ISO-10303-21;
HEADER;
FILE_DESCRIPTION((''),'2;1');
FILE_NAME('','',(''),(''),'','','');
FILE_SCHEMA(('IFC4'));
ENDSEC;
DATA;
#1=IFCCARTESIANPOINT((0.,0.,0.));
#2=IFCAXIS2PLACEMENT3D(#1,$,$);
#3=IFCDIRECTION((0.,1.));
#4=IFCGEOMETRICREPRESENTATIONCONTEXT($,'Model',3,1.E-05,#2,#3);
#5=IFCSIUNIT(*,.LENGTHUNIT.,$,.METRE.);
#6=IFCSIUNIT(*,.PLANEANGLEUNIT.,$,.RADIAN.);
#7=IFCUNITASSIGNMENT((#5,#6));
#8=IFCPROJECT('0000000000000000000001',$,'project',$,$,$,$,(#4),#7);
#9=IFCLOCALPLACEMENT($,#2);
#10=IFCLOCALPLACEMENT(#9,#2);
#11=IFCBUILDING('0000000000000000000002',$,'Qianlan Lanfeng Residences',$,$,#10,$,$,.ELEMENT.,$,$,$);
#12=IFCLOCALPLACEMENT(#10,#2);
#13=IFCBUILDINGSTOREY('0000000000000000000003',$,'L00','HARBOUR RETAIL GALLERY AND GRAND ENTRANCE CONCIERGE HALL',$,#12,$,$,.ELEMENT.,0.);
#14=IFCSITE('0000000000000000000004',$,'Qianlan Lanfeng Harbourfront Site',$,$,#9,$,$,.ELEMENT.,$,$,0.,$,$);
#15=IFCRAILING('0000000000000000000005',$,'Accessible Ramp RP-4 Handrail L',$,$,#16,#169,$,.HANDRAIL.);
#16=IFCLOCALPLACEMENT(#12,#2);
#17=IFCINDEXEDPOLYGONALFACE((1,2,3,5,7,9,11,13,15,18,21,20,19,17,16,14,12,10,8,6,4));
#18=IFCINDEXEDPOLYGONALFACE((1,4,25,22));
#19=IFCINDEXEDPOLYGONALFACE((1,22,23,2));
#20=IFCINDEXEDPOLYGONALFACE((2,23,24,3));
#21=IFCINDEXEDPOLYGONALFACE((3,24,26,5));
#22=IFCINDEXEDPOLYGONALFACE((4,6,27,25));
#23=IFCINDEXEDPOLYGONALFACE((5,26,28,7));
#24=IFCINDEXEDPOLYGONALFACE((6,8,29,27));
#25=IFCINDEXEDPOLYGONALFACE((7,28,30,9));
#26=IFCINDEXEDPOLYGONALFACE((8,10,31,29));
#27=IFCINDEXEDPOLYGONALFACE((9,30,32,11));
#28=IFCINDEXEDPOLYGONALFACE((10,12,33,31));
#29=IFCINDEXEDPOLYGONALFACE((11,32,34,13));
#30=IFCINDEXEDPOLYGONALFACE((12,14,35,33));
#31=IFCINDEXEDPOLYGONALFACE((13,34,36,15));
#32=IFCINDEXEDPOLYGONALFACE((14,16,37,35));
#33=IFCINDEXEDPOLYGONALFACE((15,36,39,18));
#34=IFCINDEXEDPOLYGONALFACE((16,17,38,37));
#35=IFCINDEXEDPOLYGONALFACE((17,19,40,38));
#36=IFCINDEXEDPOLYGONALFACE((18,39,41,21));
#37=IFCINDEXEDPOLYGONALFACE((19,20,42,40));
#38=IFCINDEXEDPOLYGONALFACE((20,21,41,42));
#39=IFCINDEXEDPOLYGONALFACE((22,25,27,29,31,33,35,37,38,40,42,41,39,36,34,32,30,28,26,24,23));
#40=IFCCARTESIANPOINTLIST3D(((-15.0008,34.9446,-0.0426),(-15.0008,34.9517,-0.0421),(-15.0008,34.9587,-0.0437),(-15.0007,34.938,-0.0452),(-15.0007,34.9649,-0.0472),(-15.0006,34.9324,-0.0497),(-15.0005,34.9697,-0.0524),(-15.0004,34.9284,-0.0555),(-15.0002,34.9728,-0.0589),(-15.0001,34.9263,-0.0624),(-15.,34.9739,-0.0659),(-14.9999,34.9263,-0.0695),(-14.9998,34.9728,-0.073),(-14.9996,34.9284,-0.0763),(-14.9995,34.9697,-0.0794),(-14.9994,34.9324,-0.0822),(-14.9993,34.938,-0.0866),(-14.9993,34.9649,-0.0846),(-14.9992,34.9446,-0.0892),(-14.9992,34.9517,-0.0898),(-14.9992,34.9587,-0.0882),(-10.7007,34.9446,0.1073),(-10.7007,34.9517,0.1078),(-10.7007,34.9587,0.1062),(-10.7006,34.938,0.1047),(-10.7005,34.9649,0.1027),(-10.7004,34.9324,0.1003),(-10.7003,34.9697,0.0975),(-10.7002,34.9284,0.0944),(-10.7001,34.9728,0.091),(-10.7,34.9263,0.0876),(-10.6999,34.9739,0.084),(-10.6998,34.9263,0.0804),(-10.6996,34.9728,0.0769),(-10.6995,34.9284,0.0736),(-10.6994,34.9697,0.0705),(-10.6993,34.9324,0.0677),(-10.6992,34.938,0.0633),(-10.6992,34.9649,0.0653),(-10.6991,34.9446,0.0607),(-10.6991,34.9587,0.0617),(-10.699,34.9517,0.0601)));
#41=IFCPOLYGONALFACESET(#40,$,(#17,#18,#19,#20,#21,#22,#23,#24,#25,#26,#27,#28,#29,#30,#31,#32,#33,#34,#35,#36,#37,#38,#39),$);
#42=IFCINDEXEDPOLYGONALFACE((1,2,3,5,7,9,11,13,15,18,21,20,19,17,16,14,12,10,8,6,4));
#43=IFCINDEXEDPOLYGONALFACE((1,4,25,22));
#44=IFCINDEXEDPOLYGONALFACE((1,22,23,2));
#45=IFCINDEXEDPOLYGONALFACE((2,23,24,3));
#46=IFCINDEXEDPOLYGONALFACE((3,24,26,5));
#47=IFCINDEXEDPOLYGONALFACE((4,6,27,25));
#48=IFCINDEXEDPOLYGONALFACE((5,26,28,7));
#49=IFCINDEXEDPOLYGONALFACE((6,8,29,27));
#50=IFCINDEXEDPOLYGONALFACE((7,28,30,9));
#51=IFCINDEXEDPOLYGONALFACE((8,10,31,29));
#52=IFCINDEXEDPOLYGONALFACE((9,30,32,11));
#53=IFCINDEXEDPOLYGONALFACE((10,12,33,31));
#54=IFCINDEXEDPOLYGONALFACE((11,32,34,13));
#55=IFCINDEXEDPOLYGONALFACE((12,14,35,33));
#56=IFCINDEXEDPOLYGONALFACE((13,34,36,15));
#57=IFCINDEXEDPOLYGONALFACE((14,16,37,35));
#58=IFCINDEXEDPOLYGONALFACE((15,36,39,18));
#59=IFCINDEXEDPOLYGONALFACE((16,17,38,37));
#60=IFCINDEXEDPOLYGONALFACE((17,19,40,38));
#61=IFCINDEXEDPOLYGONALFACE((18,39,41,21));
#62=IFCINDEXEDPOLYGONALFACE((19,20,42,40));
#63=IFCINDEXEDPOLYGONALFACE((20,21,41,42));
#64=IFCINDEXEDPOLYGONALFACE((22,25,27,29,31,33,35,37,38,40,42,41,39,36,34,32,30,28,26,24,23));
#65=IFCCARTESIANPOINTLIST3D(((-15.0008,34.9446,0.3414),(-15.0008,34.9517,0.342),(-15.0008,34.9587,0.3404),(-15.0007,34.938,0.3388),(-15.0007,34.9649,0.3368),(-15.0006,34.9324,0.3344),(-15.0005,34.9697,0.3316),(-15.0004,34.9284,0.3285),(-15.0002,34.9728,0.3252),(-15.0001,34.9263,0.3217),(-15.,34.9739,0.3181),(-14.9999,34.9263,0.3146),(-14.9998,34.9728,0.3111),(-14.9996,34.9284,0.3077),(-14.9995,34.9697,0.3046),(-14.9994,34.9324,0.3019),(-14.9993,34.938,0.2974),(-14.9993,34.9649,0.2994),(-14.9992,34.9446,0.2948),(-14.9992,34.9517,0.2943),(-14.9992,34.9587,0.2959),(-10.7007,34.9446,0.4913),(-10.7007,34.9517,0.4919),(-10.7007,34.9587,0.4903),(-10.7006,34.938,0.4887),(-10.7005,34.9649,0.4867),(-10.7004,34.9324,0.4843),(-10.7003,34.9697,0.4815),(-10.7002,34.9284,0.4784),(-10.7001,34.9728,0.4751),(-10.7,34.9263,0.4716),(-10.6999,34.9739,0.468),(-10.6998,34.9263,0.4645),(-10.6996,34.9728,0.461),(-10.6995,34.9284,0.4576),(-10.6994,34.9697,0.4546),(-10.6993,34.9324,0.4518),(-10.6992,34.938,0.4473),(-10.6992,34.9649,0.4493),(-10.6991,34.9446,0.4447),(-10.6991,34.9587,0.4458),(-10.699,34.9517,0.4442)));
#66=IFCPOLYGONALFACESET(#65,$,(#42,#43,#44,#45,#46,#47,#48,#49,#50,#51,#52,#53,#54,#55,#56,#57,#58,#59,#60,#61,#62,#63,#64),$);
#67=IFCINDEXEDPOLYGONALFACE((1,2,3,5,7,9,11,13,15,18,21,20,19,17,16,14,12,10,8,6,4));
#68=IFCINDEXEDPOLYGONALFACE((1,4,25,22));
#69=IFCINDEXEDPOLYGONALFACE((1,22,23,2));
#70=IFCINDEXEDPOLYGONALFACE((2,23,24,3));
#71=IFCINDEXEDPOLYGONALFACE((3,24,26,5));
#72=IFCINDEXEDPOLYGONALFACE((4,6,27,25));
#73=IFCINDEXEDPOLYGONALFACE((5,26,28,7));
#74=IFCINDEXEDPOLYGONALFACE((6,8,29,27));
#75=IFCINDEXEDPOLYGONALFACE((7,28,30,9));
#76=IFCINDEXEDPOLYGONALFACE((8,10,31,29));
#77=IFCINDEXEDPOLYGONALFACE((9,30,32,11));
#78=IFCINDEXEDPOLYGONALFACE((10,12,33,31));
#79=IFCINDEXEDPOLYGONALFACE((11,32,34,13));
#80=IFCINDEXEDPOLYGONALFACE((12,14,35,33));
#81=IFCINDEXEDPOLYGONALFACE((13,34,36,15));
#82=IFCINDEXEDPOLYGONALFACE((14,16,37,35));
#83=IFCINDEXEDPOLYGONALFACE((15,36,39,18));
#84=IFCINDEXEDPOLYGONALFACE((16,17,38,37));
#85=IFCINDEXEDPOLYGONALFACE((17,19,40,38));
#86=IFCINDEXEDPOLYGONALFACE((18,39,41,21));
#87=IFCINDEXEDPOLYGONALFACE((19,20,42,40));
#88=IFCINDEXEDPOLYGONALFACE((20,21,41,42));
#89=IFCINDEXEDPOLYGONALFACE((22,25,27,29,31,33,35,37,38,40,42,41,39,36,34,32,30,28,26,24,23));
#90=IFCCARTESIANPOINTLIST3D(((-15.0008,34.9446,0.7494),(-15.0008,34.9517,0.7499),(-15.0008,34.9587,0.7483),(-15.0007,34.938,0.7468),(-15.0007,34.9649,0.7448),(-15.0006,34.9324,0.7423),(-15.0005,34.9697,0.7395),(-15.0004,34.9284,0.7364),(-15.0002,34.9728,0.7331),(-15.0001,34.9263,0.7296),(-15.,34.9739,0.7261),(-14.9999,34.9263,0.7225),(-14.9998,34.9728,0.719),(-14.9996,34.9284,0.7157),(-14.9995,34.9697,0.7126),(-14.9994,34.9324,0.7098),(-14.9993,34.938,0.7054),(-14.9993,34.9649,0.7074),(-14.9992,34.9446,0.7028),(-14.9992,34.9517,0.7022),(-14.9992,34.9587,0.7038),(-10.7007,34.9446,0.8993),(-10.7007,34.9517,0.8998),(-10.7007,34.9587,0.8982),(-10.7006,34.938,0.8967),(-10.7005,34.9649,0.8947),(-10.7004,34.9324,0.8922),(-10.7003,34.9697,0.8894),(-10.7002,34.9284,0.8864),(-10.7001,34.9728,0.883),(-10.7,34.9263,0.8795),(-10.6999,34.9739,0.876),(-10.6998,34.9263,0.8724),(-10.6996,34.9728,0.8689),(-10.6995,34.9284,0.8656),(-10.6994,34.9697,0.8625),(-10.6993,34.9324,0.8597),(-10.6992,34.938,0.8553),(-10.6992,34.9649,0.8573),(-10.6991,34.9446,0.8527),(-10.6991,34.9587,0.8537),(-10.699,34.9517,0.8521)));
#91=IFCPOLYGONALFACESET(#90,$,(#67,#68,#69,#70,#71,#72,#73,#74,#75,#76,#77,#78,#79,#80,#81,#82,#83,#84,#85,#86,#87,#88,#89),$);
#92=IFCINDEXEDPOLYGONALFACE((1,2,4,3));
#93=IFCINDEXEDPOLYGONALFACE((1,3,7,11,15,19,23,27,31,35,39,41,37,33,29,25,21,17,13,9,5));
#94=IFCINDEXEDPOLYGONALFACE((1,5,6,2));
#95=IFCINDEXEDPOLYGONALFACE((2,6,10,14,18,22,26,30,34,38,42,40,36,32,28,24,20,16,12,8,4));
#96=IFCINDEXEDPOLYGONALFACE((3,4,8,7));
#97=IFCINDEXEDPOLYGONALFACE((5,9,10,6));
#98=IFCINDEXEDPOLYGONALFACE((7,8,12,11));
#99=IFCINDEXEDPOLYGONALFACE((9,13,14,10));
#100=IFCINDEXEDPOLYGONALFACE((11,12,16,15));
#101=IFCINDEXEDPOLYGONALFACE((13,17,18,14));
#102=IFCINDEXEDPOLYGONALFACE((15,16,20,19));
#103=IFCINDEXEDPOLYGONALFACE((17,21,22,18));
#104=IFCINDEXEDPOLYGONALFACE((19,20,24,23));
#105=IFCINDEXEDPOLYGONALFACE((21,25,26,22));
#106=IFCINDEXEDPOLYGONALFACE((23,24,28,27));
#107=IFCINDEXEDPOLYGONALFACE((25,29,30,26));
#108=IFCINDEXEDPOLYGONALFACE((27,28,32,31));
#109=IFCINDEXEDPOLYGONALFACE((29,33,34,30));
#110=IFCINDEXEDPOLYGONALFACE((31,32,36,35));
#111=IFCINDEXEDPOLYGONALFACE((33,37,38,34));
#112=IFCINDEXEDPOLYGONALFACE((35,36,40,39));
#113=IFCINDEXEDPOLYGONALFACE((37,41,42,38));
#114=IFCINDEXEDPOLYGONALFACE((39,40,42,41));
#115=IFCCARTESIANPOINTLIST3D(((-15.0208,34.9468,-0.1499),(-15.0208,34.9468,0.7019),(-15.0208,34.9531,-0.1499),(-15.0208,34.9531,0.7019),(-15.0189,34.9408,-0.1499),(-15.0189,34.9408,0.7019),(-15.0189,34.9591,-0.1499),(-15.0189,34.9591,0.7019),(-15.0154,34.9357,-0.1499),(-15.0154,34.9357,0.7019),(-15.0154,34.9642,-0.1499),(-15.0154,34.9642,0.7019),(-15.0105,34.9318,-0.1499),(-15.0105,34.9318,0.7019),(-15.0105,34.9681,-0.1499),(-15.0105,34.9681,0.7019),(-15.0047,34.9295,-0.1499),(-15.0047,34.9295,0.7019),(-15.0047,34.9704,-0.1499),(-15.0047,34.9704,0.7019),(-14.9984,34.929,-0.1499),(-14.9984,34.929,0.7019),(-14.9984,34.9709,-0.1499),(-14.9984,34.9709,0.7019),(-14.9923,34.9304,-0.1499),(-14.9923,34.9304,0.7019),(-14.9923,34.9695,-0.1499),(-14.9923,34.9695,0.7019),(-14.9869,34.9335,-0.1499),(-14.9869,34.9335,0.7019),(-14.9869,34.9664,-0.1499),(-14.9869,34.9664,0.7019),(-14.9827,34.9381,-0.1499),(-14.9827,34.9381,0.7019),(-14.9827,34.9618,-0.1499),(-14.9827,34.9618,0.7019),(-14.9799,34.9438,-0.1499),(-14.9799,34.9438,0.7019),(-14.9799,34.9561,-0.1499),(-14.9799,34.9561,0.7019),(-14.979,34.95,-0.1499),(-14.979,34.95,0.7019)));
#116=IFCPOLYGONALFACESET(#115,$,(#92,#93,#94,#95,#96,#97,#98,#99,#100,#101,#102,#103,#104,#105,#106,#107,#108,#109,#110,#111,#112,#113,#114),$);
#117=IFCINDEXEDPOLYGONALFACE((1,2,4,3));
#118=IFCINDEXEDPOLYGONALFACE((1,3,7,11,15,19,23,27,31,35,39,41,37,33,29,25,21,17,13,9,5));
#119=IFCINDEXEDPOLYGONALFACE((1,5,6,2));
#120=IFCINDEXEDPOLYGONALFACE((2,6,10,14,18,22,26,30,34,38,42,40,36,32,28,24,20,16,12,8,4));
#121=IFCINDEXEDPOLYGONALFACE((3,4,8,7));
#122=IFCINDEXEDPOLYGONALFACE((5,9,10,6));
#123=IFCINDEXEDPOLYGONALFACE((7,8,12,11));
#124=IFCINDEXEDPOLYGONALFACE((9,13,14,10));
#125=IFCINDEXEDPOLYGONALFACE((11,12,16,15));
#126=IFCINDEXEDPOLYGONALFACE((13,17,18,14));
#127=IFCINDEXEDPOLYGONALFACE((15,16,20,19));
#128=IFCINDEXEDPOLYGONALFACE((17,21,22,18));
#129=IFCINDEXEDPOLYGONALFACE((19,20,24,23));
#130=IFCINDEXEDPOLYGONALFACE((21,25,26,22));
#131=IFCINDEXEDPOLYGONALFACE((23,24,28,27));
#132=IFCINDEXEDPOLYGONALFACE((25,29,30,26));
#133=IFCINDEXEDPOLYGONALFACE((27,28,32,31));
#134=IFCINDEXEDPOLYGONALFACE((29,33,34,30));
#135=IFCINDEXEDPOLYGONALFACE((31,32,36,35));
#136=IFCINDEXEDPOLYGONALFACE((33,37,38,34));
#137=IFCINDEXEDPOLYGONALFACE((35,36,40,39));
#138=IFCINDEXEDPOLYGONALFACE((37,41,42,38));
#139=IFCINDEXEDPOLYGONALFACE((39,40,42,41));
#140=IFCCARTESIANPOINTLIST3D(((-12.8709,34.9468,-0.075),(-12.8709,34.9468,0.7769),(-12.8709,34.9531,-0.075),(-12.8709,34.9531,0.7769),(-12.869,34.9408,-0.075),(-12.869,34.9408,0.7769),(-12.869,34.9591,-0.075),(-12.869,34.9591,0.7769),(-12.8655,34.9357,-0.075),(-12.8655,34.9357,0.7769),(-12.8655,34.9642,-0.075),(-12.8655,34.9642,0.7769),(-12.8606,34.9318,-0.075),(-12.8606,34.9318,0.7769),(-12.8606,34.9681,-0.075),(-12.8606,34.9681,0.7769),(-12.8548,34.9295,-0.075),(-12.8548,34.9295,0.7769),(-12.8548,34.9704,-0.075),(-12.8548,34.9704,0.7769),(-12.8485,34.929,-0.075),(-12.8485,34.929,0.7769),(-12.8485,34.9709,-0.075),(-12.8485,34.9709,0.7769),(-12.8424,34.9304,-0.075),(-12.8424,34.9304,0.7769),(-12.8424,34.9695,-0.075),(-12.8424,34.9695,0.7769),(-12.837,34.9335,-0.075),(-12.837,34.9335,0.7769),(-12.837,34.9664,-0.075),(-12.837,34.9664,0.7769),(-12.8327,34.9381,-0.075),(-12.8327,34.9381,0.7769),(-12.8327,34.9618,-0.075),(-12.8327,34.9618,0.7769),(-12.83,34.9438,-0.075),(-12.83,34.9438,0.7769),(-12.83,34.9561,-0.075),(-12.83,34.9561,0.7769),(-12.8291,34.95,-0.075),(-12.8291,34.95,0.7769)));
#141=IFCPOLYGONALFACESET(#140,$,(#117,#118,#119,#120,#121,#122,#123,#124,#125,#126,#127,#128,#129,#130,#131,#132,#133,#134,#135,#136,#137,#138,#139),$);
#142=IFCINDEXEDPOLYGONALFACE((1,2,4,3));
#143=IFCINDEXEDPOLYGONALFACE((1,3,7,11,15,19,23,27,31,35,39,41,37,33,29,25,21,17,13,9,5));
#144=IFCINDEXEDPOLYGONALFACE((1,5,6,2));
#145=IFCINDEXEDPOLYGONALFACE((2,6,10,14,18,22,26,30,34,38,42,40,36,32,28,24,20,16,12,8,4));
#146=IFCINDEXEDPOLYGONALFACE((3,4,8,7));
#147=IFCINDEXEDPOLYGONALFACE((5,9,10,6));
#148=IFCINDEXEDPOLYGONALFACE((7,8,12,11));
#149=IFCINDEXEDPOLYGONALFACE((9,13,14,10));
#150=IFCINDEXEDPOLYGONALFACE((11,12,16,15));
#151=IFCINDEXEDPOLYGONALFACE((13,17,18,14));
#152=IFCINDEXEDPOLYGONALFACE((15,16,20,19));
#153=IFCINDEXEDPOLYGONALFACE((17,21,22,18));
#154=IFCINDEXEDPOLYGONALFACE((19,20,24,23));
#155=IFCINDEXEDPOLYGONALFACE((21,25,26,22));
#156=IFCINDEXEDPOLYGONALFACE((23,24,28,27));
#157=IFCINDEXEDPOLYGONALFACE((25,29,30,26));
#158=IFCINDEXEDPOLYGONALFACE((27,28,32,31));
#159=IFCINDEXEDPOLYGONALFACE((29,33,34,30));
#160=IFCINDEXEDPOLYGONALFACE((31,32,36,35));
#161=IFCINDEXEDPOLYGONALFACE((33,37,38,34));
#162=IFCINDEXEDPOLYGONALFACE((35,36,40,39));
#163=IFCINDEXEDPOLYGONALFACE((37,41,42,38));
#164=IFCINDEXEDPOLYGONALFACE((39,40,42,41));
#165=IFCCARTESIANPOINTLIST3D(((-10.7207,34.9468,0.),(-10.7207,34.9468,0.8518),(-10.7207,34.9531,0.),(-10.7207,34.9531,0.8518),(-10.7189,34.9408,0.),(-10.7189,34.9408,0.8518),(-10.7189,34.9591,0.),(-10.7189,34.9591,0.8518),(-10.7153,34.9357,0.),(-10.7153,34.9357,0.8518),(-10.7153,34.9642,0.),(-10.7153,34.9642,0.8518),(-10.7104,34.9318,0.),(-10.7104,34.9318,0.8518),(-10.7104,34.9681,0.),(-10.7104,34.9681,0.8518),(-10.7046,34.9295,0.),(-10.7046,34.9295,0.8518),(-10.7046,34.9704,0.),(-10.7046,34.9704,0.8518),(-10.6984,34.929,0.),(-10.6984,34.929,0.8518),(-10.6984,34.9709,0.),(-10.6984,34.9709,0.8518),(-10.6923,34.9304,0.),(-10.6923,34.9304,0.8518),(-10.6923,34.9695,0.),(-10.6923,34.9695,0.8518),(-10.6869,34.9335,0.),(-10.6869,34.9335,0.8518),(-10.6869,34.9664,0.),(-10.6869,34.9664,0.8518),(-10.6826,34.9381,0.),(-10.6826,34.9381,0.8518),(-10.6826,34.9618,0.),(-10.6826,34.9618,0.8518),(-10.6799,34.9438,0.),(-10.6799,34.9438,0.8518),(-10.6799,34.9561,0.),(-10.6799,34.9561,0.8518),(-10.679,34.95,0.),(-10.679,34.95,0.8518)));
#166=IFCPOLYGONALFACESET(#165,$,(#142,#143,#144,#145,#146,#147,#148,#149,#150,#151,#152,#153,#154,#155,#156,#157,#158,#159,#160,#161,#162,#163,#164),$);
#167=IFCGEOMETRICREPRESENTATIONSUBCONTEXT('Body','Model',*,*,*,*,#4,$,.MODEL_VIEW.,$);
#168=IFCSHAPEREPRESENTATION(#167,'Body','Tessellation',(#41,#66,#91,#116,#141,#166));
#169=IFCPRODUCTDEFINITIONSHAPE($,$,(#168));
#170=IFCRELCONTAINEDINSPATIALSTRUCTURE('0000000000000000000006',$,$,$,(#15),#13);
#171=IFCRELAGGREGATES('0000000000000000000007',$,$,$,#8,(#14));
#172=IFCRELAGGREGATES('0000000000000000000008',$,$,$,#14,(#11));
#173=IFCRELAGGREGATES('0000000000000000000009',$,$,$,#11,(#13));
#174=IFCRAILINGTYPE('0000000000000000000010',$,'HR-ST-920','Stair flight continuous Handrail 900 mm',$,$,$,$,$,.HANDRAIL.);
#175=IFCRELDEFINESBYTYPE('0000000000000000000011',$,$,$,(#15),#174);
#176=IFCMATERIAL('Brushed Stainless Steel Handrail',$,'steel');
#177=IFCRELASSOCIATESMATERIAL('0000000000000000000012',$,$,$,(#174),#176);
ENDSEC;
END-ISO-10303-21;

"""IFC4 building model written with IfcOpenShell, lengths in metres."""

from ifc_helpers import new_model, si_unit, direction, frame, origin, origin_2d, place, context, subcontext, project, spatial, circle, extrude, material, type_object, element, save


model = new_model("IFC4")

# Units and contexts
model_context = context("Model", 3, precision=1e-05, world=origin(), true_north=direction((0.0, 1.0)))
body_context = subcontext(model_context, "Body", "Model", "MODEL_VIEW")
ifc_project = project(units=[si_unit("LENGTHUNIT", "METRE"), si_unit("PLANEANGLEUNIT", "RADIAN")], contexts=[model_context])

# Site, building, storey
site_placement = place(None, origin())
site = spatial("IfcSite", under=ifc_project, at=site_placement, Name="Qianlan Lanfeng Harbourfront Site", CompositionType="ELEMENT", RefElevation=0.0)
building_placement = place(site_placement, origin())
building = spatial("IfcBuilding", under=site, at=building_placement, Name="Qianlan Lanfeng Residences", CompositionType="ELEMENT")
storey_placement = place(building_placement, origin())
storey = spatial("IfcBuildingStorey", under=building, at=storey_placement, Name="L00", Description="HARBOUR RETAIL GALLERY AND GRAND ENTRANCE CONCIERGE HALL", CompositionType="ELEMENT", Elevation=0.0)

# Railing
ifc_material_1 = material(Name="Brushed Stainless Steel Handrail", Category="steel")
railing_type_1 = type_object("IfcRailingType", Name="HR-ST-920", Description="Stair flight continuous Handrail 900 mm", PredefinedType="HANDRAIL", material=ifc_material_1)
for number, where, name in (
    (1, (-15.0, 34.95, -0.1499), "Accessible Ramp RP-4 Handrail L"),
):
    element("IfcRailing", number, at=place(storey_placement, frame(where)), inside=storey, type_object=railing_type_1, Name=name, PredefinedType="HANDRAIL", context=body_context, shape_type="SweptSolid", body=[
        extrude(circle(Radius=0.0239, at=origin_2d()), frame((0.0, 0.0, 0.084), z_axis=(0.999393, 0.0, 0.034839), x_axis=(0.0, 1.0, 0.0)), (0.0, 0.0, 1.0), 4.3027),
        extrude(circle(Radius=0.0239, at=origin_2d()), frame((0.0, 0.0, 0.468), z_axis=(0.999393, 0.0, 0.034839), x_axis=(0.0, 1.0, 0.0)), (0.0, 0.0, 1.0), 4.3027),
        extrude(circle(Radius=0.0239, at=origin_2d()), frame((0.0, 0.0, 0.876), z_axis=(0.999393, 0.0, 0.034839), x_axis=(0.0, 1.0, 0.0)), (0.0, 0.0, 1.0), 4.3027),
        extrude(circle(Radius=0.021, at=origin_2d()), origin(), (0.0, 0.0, 1.0), 0.8518),
        extrude(circle(Radius=0.021, at=origin_2d()), frame((2.1499, 0.0, 0.075)), (0.0, 0.0, 1.0), 0.8518),
        extrude(circle(Radius=0.021, at=origin_2d()), frame((4.3, 0.0, 0.1499)), (0.0, 0.0, 1.0), 0.8518),
    ])

save(model, "model.ifc")
